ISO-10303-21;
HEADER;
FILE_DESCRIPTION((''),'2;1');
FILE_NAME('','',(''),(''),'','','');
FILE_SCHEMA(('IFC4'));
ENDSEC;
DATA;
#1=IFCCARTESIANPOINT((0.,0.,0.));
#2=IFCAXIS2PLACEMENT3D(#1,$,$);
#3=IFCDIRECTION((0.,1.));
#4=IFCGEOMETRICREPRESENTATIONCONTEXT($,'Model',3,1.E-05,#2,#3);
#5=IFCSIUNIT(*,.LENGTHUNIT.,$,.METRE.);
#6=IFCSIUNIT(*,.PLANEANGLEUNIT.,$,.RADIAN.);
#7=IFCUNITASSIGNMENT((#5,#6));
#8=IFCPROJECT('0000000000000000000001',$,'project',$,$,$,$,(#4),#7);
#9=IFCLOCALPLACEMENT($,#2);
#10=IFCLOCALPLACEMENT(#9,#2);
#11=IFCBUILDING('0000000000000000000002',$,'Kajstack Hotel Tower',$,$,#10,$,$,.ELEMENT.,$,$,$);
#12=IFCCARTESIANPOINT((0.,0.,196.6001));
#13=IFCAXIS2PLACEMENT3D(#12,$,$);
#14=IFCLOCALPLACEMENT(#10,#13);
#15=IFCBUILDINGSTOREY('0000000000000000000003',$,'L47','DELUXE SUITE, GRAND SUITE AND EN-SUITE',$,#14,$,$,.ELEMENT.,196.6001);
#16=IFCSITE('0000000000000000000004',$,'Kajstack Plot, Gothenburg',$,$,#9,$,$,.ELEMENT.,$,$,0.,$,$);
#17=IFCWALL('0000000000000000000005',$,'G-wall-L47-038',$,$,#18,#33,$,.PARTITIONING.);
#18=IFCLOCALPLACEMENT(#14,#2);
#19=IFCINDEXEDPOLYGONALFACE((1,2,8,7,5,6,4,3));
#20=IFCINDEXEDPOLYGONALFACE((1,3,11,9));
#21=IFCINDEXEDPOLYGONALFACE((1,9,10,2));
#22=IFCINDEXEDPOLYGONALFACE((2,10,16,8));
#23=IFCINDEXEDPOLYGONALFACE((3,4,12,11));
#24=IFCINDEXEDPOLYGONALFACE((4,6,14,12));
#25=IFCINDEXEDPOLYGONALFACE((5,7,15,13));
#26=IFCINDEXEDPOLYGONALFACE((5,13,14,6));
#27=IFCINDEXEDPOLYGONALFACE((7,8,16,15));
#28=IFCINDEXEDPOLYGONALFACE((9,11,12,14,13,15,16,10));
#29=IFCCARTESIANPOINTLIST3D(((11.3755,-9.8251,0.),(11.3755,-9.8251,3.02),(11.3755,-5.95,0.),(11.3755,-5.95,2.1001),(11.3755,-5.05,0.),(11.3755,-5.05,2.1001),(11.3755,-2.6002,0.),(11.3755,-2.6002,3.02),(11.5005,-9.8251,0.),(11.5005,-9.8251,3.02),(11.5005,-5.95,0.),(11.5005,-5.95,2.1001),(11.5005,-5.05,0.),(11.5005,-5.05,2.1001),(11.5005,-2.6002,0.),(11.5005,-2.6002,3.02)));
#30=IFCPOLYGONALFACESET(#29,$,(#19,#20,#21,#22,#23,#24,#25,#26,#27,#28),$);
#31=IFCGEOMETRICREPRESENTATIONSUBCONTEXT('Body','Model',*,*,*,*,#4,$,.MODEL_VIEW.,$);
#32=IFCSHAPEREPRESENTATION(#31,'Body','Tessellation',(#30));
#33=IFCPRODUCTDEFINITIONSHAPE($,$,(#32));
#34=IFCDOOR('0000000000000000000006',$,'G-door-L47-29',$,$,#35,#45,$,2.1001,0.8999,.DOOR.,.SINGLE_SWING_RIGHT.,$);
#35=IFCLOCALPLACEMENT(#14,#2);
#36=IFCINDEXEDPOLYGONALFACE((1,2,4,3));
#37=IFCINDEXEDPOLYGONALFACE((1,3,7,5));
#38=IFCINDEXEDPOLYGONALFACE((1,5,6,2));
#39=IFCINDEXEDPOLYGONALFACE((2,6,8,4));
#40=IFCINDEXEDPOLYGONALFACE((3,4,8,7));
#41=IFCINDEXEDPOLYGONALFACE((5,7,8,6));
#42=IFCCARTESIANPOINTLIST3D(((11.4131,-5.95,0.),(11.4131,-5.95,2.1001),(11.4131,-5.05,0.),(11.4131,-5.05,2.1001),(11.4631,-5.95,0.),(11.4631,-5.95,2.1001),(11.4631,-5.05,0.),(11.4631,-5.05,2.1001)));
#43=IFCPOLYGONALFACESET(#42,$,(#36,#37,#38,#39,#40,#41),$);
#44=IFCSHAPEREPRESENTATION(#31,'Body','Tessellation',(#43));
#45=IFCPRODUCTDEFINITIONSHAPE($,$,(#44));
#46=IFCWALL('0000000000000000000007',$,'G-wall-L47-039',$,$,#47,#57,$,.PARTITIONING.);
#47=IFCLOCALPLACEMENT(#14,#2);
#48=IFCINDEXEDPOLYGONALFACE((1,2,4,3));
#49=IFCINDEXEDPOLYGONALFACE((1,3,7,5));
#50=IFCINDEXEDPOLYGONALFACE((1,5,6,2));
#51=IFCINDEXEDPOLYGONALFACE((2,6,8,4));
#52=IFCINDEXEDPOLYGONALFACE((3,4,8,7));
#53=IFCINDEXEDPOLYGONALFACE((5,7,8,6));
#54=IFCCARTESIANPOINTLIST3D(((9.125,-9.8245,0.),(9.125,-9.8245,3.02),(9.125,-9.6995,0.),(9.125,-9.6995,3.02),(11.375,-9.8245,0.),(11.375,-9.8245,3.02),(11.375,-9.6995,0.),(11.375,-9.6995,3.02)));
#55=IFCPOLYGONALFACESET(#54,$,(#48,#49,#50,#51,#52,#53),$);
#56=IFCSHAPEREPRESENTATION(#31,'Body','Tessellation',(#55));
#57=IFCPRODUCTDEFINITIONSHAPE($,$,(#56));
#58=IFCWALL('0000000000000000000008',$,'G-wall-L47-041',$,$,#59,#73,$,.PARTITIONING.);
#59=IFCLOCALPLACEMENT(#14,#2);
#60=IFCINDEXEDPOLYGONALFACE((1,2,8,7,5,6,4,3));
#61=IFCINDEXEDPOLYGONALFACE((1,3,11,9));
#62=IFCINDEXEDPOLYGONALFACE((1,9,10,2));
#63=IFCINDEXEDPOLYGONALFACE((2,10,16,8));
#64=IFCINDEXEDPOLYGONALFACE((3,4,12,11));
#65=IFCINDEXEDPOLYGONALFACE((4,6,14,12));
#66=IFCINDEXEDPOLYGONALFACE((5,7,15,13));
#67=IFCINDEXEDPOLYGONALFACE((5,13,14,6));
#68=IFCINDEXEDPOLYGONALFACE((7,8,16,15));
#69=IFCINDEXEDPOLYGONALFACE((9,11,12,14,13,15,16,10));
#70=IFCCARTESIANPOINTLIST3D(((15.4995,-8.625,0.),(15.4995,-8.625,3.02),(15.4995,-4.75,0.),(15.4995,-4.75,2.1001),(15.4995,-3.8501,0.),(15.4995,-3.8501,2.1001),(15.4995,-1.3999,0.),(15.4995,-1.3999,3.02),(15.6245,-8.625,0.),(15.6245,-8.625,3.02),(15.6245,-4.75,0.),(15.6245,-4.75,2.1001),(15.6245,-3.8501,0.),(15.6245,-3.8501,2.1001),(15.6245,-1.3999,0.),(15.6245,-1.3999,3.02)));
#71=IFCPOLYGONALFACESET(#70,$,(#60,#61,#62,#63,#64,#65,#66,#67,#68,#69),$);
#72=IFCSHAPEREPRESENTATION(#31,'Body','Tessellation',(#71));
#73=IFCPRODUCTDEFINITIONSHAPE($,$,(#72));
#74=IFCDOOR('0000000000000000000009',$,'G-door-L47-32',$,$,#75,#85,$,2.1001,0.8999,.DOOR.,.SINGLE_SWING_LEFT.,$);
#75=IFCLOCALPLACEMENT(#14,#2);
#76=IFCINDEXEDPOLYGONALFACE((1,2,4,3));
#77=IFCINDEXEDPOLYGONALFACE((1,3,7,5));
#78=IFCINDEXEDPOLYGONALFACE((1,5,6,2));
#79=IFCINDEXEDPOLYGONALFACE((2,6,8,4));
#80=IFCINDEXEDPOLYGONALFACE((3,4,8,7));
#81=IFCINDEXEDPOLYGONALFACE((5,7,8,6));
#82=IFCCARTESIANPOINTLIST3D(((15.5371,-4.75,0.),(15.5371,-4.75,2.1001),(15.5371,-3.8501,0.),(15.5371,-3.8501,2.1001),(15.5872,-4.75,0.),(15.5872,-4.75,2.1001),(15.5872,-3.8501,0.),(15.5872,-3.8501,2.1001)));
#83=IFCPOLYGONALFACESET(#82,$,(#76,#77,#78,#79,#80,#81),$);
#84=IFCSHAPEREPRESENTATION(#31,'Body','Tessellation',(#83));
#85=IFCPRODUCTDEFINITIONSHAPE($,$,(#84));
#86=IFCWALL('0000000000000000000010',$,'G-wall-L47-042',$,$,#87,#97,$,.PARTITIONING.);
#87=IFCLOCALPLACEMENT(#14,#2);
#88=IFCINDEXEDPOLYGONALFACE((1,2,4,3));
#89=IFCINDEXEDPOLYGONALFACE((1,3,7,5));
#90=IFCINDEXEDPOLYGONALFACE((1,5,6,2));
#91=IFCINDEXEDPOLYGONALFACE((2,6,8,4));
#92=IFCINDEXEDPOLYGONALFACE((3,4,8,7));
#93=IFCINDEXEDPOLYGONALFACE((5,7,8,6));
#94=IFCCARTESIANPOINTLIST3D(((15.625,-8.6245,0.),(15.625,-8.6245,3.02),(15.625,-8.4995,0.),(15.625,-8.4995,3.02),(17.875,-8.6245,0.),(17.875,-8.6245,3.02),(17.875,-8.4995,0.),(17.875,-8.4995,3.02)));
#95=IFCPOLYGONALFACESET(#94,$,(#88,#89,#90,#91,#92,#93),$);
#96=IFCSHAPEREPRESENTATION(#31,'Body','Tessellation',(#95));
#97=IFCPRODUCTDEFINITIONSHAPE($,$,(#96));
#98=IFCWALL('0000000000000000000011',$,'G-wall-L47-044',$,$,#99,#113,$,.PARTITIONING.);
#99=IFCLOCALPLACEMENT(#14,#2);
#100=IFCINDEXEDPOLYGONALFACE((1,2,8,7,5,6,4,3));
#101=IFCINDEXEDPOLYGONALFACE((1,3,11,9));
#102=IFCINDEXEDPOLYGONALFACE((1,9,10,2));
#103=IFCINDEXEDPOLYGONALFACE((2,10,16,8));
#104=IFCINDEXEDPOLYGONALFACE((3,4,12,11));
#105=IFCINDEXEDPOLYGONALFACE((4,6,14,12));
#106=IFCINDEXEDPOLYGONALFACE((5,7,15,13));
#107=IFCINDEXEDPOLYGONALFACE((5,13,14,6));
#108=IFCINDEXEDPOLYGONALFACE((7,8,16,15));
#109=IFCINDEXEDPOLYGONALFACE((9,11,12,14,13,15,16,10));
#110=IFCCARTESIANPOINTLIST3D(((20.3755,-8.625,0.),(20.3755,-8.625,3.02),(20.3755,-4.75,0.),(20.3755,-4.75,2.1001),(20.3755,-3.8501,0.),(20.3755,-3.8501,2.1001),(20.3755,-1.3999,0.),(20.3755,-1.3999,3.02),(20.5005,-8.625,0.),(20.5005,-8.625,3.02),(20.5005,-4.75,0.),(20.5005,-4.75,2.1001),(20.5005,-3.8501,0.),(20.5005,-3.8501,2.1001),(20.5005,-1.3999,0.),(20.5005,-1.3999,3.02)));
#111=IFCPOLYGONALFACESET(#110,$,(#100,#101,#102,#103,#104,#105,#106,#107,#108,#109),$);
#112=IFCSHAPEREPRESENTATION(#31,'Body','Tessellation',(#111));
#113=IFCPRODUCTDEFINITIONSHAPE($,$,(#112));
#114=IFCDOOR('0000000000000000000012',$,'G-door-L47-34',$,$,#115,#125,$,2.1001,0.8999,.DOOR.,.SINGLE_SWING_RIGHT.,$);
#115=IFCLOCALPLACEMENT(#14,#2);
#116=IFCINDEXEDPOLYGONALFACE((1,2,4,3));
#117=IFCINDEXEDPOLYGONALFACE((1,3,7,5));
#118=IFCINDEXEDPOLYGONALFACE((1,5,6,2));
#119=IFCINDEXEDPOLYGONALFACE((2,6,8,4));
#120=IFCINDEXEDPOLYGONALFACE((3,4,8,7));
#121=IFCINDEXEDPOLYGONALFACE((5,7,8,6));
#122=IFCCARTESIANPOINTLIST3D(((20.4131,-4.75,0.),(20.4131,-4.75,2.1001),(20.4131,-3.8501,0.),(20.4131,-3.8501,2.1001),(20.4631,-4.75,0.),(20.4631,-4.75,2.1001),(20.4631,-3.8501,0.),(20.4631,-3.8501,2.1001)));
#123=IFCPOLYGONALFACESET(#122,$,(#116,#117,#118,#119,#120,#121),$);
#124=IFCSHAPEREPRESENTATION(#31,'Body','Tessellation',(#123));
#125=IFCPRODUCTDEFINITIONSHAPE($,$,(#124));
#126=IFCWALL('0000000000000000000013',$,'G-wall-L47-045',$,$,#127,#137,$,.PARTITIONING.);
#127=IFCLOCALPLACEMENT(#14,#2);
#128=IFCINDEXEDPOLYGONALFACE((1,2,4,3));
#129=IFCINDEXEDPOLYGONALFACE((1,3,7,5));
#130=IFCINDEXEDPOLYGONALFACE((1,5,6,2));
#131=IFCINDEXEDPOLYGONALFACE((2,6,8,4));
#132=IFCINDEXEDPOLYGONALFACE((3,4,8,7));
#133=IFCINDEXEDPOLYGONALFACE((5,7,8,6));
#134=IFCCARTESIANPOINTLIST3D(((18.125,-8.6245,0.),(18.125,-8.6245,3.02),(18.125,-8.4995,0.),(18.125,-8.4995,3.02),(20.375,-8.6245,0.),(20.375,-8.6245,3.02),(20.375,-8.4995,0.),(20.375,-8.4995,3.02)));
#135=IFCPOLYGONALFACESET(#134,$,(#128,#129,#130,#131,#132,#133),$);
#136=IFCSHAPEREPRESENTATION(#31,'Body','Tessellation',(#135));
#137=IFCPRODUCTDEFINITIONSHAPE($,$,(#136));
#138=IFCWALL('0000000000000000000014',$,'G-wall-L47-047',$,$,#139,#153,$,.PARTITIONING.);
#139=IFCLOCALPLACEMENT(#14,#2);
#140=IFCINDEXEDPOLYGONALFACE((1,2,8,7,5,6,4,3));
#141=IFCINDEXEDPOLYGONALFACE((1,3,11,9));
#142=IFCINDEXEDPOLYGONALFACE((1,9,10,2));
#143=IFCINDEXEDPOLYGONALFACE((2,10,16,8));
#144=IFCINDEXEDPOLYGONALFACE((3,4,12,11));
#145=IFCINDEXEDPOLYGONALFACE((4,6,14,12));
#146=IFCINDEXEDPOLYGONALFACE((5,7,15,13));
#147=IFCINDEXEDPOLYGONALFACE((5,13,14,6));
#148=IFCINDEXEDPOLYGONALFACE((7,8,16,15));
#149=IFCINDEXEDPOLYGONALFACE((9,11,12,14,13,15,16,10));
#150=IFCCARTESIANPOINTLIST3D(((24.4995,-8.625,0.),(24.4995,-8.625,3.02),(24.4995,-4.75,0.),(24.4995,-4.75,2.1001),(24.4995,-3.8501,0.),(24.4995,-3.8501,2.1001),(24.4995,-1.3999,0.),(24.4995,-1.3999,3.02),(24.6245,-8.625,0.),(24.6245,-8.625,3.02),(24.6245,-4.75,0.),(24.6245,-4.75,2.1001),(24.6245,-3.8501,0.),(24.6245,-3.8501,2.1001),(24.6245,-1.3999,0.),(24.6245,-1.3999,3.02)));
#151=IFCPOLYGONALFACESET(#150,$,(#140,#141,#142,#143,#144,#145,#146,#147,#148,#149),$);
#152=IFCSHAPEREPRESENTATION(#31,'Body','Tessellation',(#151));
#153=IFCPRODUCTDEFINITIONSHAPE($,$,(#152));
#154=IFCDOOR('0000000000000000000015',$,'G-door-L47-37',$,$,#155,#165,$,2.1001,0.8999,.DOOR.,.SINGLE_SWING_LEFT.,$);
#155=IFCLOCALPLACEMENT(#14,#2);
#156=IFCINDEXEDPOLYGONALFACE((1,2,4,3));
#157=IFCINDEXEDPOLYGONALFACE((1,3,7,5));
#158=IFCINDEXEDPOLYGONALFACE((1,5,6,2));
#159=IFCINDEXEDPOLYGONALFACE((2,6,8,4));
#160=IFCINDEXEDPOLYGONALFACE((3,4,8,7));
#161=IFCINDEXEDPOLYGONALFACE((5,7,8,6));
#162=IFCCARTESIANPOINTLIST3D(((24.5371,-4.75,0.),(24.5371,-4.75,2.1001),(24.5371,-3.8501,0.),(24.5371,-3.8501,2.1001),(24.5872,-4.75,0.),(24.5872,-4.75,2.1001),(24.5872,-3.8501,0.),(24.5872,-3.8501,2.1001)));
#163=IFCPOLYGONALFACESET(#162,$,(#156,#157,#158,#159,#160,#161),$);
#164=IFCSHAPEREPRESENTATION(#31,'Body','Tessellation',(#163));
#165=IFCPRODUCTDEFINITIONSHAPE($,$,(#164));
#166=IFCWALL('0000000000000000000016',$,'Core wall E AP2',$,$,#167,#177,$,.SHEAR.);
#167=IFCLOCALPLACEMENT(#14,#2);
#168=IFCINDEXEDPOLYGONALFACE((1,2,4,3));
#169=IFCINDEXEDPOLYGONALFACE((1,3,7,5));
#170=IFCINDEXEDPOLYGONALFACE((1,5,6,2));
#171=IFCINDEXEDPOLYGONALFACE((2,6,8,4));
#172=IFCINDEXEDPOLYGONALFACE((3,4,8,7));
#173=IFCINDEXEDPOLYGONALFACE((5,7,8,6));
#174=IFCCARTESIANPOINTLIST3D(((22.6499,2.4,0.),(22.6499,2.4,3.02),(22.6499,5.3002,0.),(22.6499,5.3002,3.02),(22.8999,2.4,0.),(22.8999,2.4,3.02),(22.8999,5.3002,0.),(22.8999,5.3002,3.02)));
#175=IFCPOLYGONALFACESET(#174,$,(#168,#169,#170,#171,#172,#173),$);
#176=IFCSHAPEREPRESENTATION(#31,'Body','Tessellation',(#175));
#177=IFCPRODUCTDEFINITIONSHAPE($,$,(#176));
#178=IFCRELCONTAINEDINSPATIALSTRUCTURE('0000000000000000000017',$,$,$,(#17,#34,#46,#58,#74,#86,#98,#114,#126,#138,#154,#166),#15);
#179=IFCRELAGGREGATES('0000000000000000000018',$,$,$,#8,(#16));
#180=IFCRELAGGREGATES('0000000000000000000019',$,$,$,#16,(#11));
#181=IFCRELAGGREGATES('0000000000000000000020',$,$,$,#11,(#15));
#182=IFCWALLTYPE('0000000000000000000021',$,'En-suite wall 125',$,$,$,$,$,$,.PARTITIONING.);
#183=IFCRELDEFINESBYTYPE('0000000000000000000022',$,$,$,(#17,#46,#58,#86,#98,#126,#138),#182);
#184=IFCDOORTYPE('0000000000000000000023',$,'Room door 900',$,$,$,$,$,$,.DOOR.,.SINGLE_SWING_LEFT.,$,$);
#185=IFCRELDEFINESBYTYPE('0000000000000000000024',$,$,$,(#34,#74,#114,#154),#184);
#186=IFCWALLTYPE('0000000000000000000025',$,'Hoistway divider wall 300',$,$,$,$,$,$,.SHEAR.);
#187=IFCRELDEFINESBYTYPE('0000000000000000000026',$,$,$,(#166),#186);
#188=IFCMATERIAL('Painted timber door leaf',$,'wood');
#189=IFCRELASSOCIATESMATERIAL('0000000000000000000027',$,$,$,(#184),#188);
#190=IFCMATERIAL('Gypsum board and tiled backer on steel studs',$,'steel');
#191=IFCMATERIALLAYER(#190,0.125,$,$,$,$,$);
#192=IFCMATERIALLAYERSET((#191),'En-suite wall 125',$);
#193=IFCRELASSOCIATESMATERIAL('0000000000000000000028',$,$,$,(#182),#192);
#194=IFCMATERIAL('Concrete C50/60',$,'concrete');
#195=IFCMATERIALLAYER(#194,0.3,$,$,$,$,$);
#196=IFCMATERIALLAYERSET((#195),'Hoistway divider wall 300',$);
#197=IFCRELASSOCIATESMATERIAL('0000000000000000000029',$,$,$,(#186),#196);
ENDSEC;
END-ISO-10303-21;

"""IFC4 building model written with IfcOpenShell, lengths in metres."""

from ifc_helpers import new_model, si_unit, direction, frame, frame_2d, origin, place, context, subcontext, project, spatial, rectangle, extrude, material, layer, layer_set, type_object, element, fill, save


model = new_model("IFC4")

# Units and contexts
model_context = context("Model", 3, precision=1e-05, world=origin(), true_north=direction((0.0, 1.0)))
body_context = subcontext(model_context, "Body", "Model", "MODEL_VIEW")
ifc_project = project(units=[si_unit("LENGTHUNIT", "METRE"), si_unit("PLANEANGLEUNIT", "RADIAN")], contexts=[model_context])

# Site, building, storey
site_placement = place(None, origin())
site = spatial("IfcSite", under=ifc_project, at=site_placement, Name="Kajstack Plot, Gothenburg", CompositionType="ELEMENT", RefElevation=0.0)
building_placement = place(site_placement, origin())
building = spatial("IfcBuilding", under=site, at=building_placement, Name="Kajstack Hotel Tower", CompositionType="ELEMENT")
storey_placement = place(building_placement, frame((0.0, 0.0, 196.6001)))
storey = spatial("IfcBuildingStorey", under=building, at=storey_placement, Name="L47", Description="DELUXE SUITE, GRAND SUITE AND EN-SUITE", CompositionType="ELEMENT", Elevation=196.6001)

# Shared definitions
ifc_material_1 = material(Name="Painted timber door leaf", Category="wood")
door_type_1 = type_object("IfcDoorType", Name="Room door 900", OperationType="SINGLE_SWING_LEFT", PredefinedType="DOOR", material=ifc_material_1)

# Shared definitions
ifc_material_2 = material(Name="Gypsum board and tiled backer on steel studs", Category="steel")
ifc_layer_1 = layer(ifc_material_2, 0.125)
ifc_layer_set_1 = layer_set([ifc_layer_1], Name="En-suite wall 125")
wall_type_1 = type_object("IfcWallType", Name="En-suite wall 125", PredefinedType="PARTITIONING", material=ifc_layer_set_1)

# Wall, opening, door
wall_1_placement = place(storey_placement, frame((11.438, -9.825, 0.0), z_axis=(0.0, 0.0, 1.0), x_axis=(0.0, 1.0, 0.0)))
wall_1 = element("IfcWall", 1, at=wall_1_placement, inside=storey, type_object=wall_type_1, Name="G-wall-L47-038", PredefinedType="PARTITIONING", context=body_context, shape_type="SweptSolid", body=[
    extrude(rectangle(XDim=7.2249, YDim=0.125, at=frame_2d((3.6123, 0.0))), origin(), (0.0, 0.0, 1.0), 3.02),
])
opening_1_placement = place(wall_1_placement, frame((3.875, 0.0, 0.0)))
opening_1 = element("IfcOpeningElement", 2, at=opening_1_placement, cuts=wall_1, PredefinedType="OPENING", context=body_context, shape_type="SweptSolid", body=[
    extrude(rectangle(XDim=0.8999, YDim=2.1001, at=frame_2d((0.45, 1.05))), frame((0.0, 0.0725, 0.0), z_axis=(0.0, -1.0, 0.0), x_axis=(1.0, 0.0, 0.0)), (0.0, 0.0, 1.0), 0.145),
])
door_1_placement = place(opening_1_placement, origin())
door_1 = element("IfcDoor", 3, at=door_1_placement, inside=storey, type_object=door_type_1, Name="G-door-L47-29", OperationType="SINGLE_SWING_RIGHT", OverallHeight=2.1001, OverallWidth=0.8999, PredefinedType="DOOR", context=body_context, shape_type="SweptSolid", body=[
    extrude(rectangle(XDim=0.8999, YDim=2.1001, at=frame_2d((0.45, 1.05))), frame((0.0, 0.0249, 0.0), z_axis=(0.0, -1.0, 0.0), x_axis=(1.0, 0.0, 0.0)), (0.0, 0.0, 1.0), 0.05),
])
fill(opening_1, door_1)

# Wall
wall_2_placement = place(storey_placement, frame((9.125, -9.762, 0.0), z_axis=(0.0, 0.0, 1.0), x_axis=(1.0, 0.0, 0.0)))
element("IfcWall", 4, at=wall_2_placement, inside=storey, type_object=wall_type_1, Name="G-wall-L47-039", PredefinedType="PARTITIONING", context=body_context, shape_type="SweptSolid", body=[
    extrude(rectangle(XDim=2.25, YDim=0.125, at=frame_2d((1.125, 0.0))), origin(), (0.0, 0.0, 1.0), 3.02),
])

# Wall, opening, door
wall_3_placement = place(storey_placement, frame((15.562, -8.625, 0.0), z_axis=(0.0, 0.0, 1.0), x_axis=(0.0, 1.0, 0.0)))
wall_3 = element("IfcWall", 5, at=wall_3_placement, inside=storey, type_object=wall_type_1, Name="G-wall-L47-041", PredefinedType="PARTITIONING", context=body_context, shape_type="SweptSolid", body=[
    extrude(rectangle(XDim=7.2251, YDim=0.125, at=frame_2d((3.6125, 0.0))), origin(), (0.0, 0.0, 1.0), 3.02),
])
opening_2_placement = place(wall_3_placement, frame((3.875, 0.0, 0.0)))
opening_2 = element("IfcOpeningElement", 6, at=opening_2_placement, cuts=wall_3, PredefinedType="OPENING", context=body_context, shape_type="SweptSolid", body=[
    extrude(rectangle(XDim=0.8999, YDim=2.1001, at=frame_2d((0.45, 1.05))), frame((0.0, 0.0725, 0.0), z_axis=(0.0, -1.0, 0.0), x_axis=(1.0, 0.0, 0.0)), (0.0, 0.0, 1.0), 0.145),
])
door_2_placement = place(opening_2_placement, origin())
door_2 = element("IfcDoor", 7, at=door_2_placement, inside=storey, type_object=door_type_1, Name="G-door-L47-32", OperationType="SINGLE_SWING_LEFT", OverallHeight=2.1001, OverallWidth=0.8999, PredefinedType="DOOR", context=body_context, shape_type="SweptSolid", body=[
    extrude(rectangle(XDim=0.8999, YDim=2.1001, at=frame_2d((0.45, 1.05))), frame((0.0, 0.0249, 0.0), z_axis=(0.0, -1.0, 0.0), x_axis=(1.0, 0.0, 0.0)), (0.0, 0.0, 1.0), 0.05),
])
fill(opening_2, door_2)

# Wall
wall_4_placement = place(storey_placement, frame((15.625, -8.562, 0.0), z_axis=(0.0, 0.0, 1.0), x_axis=(1.0, 0.0, 0.0)))
element("IfcWall", 8, at=wall_4_placement, inside=storey, type_object=wall_type_1, Name="G-wall-L47-042", PredefinedType="PARTITIONING", context=body_context, shape_type="SweptSolid", body=[
    extrude(rectangle(XDim=2.25, YDim=0.125, at=frame_2d((1.125, 0.0))), origin(), (0.0, 0.0, 1.0), 3.02),
])

# Wall, opening, door
wall_5_placement = place(storey_placement, frame((20.438, -8.625, 0.0), z_axis=(0.0, 0.0, 1.0), x_axis=(0.0, 1.0, 0.0)))
wall_5 = element("IfcWall", 9, at=wall_5_placement, inside=storey, type_object=wall_type_1, Name="G-wall-L47-044", PredefinedType="PARTITIONING", context=body_context, shape_type="SweptSolid", body=[
    extrude(rectangle(XDim=7.2251, YDim=0.125, at=frame_2d((3.6125, 0.0))), origin(), (0.0, 0.0, 1.0), 3.02),
])
opening_3_placement = place(wall_5_placement, frame((3.875, 0.0, 0.0)))
opening_3 = element("IfcOpeningElement", 10, at=opening_3_placement, cuts=wall_5, PredefinedType="OPENING", context=body_context, shape_type="SweptSolid", body=[
    extrude(rectangle(XDim=0.8999, YDim=2.1001, at=frame_2d((0.45, 1.05))), frame((0.0, 0.0725, 0.0), z_axis=(0.0, -1.0, 0.0), x_axis=(1.0, 0.0, 0.0)), (0.0, 0.0, 1.0), 0.145),
])
door_3_placement = place(opening_3_placement, origin())
door_3 = element("IfcDoor", 11, at=door_3_placement, inside=storey, type_object=door_type_1, Name="G-door-L47-34", OperationType="SINGLE_SWING_RIGHT", OverallHeight=2.1001, OverallWidth=0.8999, PredefinedType="DOOR", context=body_context, shape_type="SweptSolid", body=[
    extrude(rectangle(XDim=0.8999, YDim=2.1001, at=frame_2d((0.45, 1.05))), frame((0.0, 0.0249, 0.0), z_axis=(0.0, -1.0, 0.0), x_axis=(1.0, 0.0, 0.0)), (0.0, 0.0, 1.0), 0.05),
])
fill(opening_3, door_3)

# Wall
wall_6_placement = place(storey_placement, frame((18.125, -8.562, 0.0), z_axis=(0.0, 0.0, 1.0), x_axis=(1.0, 0.0, 0.0)))
element("IfcWall", 12, at=wall_6_placement, inside=storey, type_object=wall_type_1, Name="G-wall-L47-045", PredefinedType="PARTITIONING", context=body_context, shape_type="SweptSolid", body=[
    extrude(rectangle(XDim=2.25, YDim=0.125, at=frame_2d((1.125, 0.0))), origin(), (0.0, 0.0, 1.0), 3.02),
])

# Wall, opening, door
wall_7_placement = place(storey_placement, frame((24.562, -8.625, 0.0), z_axis=(0.0, 0.0, 1.0), x_axis=(0.0, 1.0, 0.0)))
wall_7 = element("IfcWall", 13, at=wall_7_placement, inside=storey, type_object=wall_type_1, Name="G-wall-L47-047", PredefinedType="PARTITIONING", context=body_context, shape_type="SweptSolid", body=[
    extrude(rectangle(XDim=7.2251, YDim=0.125, at=frame_2d((3.6125, 0.0))), origin(), (0.0, 0.0, 1.0), 3.02),
])
opening_4_placement = place(wall_7_placement, frame((3.875, 0.0, 0.0)))
opening_4 = element("IfcOpeningElement", 14, at=opening_4_placement, cuts=wall_7, PredefinedType="OPENING", context=body_context, shape_type="SweptSolid", body=[
    extrude(rectangle(XDim=0.8999, YDim=2.1001, at=frame_2d((0.45, 1.05))), frame((0.0, 0.0725, 0.0), z_axis=(0.0, -1.0, 0.0), x_axis=(1.0, 0.0, 0.0)), (0.0, 0.0, 1.0), 0.145),
])
door_4_placement = place(opening_4_placement, origin())
door_4 = element("IfcDoor", 15, at=door_4_placement, inside=storey, type_object=door_type_1, Name="G-door-L47-37", OperationType="SINGLE_SWING_LEFT", OverallHeight=2.1001, OverallWidth=0.8999, PredefinedType="DOOR", context=body_context, shape_type="SweptSolid", body=[
    extrude(rectangle(XDim=0.8999, YDim=2.1001, at=frame_2d((0.45, 1.05))), frame((0.0, 0.0249, 0.0), z_axis=(0.0, -1.0, 0.0), x_axis=(1.0, 0.0, 0.0)), (0.0, 0.0, 1.0), 0.05),
])
fill(opening_4, door_4)

# Wall
ifc_material_3 = material(Name="Concrete C50/60", Category="concrete")
ifc_layer_2 = layer(ifc_material_3, 0.3)
ifc_layer_set_2 = layer_set([ifc_layer_2], Name="Hoistway divider wall 300")
wall_type_2 = type_object("IfcWallType", Name="Hoistway divider wall 300", PredefinedType="SHEAR", material=ifc_layer_set_2)
wall_8_placement = place(storey_placement, frame((22.7749, 2.3999, 0.0), z_axis=(0.0, 0.0, 1.0), x_axis=(0.0, 1.0, 0.0)))
element("IfcWall", 16, at=wall_8_placement, inside=storey, type_object=wall_type_2, Name="Core wall E AP2", PredefinedType="SHEAR", context=body_context, shape_type="SweptSolid", body=[
    extrude(rectangle(XDim=2.9001, YDim=0.25, at=frame_2d((1.4502, 0.0))), origin(), (0.0, 0.0, 1.0), 3.02),
])

save(model, "model.ifc")
